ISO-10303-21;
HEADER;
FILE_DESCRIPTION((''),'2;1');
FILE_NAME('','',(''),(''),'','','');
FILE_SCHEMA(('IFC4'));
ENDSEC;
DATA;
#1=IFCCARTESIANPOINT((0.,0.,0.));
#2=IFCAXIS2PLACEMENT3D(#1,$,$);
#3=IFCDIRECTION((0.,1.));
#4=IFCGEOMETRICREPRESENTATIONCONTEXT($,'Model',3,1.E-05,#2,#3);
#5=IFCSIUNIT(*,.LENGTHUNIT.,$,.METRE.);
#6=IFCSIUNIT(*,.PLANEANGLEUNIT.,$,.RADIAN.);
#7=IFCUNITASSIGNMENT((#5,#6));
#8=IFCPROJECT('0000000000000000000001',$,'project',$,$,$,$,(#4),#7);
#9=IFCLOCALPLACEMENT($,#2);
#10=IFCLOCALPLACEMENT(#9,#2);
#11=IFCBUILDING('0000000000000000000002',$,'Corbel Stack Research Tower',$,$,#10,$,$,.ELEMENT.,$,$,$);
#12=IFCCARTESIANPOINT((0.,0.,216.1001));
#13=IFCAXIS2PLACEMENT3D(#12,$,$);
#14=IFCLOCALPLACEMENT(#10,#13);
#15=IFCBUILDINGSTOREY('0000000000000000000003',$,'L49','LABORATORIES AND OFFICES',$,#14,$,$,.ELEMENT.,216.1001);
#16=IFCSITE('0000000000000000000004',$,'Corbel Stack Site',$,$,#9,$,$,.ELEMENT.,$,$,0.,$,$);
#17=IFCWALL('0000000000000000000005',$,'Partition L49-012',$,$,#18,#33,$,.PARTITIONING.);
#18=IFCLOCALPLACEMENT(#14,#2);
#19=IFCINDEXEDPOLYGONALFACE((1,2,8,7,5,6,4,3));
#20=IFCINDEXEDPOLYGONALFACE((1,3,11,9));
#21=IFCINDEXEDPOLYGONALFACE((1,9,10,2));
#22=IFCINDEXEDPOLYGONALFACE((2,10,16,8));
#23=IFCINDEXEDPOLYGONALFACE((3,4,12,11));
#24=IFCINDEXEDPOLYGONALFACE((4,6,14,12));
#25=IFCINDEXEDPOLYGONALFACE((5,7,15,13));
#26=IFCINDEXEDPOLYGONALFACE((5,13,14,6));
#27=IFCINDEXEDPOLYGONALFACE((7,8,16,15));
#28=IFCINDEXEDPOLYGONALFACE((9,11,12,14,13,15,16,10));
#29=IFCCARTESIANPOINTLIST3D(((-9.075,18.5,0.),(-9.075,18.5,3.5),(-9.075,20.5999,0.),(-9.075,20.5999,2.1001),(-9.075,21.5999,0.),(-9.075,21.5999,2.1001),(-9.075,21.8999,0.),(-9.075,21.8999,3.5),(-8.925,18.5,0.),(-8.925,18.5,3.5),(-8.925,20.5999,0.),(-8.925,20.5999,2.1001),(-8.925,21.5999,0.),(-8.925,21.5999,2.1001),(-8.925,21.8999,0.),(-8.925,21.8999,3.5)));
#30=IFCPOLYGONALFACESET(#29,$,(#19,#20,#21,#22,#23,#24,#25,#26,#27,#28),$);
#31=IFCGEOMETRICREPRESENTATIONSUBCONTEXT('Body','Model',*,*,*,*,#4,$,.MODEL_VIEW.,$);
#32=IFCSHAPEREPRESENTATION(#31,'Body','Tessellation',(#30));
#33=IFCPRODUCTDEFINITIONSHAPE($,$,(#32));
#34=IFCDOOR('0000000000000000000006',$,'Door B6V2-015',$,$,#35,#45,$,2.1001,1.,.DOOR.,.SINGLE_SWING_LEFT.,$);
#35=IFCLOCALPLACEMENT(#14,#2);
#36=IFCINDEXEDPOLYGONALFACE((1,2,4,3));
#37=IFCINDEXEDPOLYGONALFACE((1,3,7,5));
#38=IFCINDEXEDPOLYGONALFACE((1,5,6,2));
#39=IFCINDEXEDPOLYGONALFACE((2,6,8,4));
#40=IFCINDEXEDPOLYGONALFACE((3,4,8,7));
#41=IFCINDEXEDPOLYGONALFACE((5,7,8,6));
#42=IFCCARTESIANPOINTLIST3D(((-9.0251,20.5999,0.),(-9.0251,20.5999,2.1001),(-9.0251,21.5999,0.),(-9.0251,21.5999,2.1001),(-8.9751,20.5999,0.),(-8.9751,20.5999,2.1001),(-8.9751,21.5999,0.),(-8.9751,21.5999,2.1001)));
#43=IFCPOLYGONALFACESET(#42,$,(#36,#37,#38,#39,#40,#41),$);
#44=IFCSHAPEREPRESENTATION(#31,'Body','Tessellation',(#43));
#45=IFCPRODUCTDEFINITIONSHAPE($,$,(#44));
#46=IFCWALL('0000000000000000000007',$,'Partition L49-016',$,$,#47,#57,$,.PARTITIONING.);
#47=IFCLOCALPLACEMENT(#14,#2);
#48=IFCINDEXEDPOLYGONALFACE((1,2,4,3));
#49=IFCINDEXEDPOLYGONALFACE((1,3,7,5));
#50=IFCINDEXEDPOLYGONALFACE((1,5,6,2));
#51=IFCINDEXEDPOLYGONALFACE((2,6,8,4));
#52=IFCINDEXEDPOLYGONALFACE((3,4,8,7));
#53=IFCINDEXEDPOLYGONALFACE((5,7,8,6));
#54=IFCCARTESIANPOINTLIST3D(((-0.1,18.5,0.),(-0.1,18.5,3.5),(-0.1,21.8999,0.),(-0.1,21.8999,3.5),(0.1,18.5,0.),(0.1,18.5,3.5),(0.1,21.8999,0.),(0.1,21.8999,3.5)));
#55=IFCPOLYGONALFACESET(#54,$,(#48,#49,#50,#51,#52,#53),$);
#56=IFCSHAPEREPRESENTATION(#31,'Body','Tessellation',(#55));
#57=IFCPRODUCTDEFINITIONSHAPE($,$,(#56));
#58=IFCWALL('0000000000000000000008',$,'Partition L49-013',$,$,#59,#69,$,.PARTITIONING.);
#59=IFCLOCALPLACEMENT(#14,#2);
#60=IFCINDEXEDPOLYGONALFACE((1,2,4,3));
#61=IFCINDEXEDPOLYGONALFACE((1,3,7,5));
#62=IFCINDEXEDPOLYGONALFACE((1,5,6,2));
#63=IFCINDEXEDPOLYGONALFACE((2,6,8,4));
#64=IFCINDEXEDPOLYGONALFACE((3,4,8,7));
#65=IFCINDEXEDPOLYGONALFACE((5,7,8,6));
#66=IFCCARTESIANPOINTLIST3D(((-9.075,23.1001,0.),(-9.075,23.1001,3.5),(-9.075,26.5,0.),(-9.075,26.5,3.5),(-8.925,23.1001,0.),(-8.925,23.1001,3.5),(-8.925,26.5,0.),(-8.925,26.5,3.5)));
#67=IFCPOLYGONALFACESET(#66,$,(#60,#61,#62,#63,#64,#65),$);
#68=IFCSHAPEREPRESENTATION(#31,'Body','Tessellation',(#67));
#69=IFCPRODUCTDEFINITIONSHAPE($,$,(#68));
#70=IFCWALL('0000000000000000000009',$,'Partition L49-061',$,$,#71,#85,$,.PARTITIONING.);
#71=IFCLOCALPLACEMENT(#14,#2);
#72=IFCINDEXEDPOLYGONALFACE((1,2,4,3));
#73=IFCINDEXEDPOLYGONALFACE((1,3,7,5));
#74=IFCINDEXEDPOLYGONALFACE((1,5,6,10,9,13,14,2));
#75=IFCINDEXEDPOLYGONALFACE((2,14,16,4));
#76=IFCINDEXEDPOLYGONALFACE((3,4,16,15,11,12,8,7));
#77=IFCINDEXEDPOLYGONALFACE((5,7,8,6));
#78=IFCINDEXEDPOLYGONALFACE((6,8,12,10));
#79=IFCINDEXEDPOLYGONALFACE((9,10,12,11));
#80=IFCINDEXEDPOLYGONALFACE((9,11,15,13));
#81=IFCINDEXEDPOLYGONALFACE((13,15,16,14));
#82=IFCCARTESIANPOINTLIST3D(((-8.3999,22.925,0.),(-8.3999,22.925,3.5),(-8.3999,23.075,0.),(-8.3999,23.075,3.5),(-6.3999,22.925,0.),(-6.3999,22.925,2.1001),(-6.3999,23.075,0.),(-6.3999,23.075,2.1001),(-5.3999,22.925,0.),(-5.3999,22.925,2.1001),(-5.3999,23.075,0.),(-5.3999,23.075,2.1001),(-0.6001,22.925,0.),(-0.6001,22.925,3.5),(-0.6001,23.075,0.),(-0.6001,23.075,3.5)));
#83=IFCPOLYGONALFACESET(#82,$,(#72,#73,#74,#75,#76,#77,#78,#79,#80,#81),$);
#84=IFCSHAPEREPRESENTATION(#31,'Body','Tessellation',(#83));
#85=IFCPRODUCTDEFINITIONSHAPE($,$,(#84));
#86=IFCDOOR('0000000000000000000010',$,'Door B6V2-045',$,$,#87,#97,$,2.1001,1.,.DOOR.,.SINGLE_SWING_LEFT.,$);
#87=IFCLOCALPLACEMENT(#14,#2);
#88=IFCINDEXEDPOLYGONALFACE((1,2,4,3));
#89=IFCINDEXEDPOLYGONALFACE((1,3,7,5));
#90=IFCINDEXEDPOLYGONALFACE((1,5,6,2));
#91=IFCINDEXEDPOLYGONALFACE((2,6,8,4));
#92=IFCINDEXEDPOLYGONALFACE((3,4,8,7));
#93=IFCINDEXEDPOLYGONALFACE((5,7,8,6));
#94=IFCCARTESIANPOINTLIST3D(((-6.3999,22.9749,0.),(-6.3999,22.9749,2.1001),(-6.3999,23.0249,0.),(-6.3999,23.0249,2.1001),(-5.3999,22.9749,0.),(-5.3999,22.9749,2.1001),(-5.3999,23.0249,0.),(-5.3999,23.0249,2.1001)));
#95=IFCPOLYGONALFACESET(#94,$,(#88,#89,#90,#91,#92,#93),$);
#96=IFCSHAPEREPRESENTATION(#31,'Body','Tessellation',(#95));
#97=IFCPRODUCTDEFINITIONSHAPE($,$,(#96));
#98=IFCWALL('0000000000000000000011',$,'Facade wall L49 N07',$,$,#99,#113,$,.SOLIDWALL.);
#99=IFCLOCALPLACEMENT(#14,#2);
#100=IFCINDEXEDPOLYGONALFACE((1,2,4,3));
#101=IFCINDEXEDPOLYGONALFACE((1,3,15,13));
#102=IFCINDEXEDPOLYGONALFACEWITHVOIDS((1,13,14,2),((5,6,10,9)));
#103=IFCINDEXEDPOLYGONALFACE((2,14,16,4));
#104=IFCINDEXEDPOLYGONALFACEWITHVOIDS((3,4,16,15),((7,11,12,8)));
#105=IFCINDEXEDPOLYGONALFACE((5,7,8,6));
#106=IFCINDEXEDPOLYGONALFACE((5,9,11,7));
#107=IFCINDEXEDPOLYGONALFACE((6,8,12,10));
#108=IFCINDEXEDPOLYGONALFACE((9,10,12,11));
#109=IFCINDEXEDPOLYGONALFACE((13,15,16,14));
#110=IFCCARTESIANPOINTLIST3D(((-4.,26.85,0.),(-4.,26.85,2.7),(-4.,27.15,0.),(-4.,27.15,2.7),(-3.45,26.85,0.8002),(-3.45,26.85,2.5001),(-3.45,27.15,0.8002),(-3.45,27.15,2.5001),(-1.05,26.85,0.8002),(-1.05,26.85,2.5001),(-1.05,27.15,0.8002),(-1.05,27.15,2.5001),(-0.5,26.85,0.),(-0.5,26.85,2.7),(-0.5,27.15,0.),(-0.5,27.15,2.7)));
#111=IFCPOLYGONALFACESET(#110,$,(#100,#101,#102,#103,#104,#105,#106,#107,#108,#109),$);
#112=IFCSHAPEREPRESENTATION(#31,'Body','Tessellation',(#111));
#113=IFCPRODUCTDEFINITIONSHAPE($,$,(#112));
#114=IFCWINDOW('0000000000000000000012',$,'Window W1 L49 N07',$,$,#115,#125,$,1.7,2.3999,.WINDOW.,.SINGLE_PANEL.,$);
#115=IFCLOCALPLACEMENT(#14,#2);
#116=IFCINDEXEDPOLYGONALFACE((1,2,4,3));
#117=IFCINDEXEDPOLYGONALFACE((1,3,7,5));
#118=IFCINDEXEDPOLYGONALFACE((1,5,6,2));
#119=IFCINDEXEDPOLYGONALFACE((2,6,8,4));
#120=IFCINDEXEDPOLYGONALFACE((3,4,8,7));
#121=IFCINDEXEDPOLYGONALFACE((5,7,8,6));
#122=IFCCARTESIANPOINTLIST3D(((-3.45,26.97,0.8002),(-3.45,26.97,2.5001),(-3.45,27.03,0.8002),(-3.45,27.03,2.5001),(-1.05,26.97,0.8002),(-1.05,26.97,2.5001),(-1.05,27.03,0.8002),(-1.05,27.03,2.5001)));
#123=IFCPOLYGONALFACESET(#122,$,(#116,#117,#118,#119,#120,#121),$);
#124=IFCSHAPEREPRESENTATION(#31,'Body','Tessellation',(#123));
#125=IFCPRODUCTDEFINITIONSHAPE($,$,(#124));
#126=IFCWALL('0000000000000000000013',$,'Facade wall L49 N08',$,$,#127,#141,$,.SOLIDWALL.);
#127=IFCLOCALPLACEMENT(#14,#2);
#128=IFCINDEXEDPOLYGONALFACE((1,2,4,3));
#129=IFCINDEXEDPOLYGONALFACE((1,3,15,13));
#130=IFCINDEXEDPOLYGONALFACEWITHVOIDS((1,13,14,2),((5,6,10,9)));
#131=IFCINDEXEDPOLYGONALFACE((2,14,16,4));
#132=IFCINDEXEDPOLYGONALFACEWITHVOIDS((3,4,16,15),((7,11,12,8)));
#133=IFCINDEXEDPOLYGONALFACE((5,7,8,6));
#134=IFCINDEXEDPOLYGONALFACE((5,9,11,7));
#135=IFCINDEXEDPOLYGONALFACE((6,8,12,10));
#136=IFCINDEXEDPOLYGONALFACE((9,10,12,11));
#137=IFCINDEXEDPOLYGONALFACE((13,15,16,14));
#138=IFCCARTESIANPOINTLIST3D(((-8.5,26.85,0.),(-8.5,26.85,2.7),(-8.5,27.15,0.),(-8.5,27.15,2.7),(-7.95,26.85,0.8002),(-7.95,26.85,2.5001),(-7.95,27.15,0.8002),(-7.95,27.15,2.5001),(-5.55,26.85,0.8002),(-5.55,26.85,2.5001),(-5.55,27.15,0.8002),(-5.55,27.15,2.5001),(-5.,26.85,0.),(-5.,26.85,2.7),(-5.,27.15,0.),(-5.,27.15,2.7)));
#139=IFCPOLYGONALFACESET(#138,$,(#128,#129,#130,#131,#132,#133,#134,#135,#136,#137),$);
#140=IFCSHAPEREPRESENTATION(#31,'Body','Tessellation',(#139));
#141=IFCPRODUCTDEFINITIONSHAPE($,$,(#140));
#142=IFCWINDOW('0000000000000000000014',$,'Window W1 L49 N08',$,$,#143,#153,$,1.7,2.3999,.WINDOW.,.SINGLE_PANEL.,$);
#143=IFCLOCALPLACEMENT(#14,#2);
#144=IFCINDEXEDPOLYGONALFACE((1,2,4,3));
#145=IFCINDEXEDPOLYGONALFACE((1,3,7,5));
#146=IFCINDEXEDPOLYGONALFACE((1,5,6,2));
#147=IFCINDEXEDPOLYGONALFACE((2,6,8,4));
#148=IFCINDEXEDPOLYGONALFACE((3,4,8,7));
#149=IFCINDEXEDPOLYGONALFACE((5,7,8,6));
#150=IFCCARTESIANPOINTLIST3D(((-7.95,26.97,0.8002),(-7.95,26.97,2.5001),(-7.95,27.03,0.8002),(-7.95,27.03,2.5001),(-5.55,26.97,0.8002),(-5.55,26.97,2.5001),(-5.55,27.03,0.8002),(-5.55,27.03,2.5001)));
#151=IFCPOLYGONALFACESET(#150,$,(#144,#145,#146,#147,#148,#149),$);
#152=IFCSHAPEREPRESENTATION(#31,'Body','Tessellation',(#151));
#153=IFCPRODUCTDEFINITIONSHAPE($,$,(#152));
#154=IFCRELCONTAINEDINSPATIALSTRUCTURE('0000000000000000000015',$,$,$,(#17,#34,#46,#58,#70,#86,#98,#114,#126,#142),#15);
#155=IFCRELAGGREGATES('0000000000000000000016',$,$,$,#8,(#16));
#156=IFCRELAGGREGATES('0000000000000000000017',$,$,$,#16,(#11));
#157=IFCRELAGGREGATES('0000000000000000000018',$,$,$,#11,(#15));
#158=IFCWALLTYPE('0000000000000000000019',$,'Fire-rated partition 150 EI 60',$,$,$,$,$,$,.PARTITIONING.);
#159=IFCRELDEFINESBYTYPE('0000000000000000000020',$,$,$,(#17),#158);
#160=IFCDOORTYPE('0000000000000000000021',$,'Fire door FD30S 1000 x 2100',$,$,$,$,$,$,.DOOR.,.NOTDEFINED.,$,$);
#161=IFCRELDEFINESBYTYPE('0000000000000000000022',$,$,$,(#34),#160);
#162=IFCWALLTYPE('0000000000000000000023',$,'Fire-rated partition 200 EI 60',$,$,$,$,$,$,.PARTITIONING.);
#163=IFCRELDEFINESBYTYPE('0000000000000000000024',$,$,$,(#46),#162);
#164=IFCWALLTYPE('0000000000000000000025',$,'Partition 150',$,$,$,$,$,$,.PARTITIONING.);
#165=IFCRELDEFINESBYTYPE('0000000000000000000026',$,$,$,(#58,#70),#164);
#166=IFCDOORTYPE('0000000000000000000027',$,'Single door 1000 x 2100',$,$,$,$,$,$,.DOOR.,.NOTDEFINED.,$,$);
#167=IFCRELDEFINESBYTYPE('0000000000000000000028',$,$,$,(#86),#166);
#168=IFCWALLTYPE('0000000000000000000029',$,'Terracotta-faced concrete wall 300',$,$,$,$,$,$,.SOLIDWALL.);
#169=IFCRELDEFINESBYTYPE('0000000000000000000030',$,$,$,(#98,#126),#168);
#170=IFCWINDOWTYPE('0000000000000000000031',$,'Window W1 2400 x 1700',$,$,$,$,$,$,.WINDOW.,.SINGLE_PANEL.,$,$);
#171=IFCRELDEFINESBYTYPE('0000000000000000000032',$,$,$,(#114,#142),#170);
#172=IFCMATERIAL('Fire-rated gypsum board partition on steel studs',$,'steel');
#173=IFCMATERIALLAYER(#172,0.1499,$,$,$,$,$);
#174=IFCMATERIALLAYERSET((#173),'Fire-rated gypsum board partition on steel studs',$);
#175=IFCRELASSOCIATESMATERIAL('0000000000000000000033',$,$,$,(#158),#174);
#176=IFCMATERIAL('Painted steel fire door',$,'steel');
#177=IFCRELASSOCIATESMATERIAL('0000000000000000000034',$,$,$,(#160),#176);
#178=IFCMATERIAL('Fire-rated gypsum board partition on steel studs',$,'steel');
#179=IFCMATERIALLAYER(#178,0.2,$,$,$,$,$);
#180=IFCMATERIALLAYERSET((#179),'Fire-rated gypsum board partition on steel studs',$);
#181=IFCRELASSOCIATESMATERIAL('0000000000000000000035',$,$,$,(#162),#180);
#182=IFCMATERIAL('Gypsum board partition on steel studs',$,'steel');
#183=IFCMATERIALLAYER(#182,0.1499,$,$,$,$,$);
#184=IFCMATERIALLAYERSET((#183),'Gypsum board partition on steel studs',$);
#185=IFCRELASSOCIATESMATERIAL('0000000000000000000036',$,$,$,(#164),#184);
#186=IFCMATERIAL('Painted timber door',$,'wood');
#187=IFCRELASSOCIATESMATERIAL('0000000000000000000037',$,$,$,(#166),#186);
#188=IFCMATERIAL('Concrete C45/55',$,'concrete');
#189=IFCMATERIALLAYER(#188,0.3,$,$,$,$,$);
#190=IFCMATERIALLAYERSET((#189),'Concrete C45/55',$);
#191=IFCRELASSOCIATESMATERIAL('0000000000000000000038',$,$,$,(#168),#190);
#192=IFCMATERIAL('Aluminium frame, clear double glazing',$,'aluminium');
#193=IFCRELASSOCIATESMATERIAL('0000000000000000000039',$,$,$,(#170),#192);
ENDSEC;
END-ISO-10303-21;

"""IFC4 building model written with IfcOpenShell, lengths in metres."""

from ifc_helpers import new_model, si_unit, direction, frame, frame_2d, origin, place, context, subcontext, project, spatial, rectangle, extrude, material, layer, layer_set, type_object, element, fill, save


model = new_model("IFC4")

# Units and contexts
model_context = context("Model", 3, precision=1e-05, world=origin(), true_north=direction((0.0, 1.0)))
body_context = subcontext(model_context, "Body", "Model", "MODEL_VIEW")
ifc_project = project(units=[si_unit("LENGTHUNIT", "METRE"), si_unit("PLANEANGLEUNIT", "RADIAN")], contexts=[model_context])

# Site, building, storey
site_placement = place(None, origin())
site = spatial("IfcSite", under=ifc_project, at=site_placement, Name="Corbel Stack Site", CompositionType="ELEMENT", RefElevation=0.0)
building_placement = place(site_placement, origin())
building = spatial("IfcBuilding", under=site, at=building_placement, Name="Corbel Stack Research Tower", CompositionType="ELEMENT")
storey_placement = place(building_placement, frame((0.0, 0.0, 216.1001)))
storey = spatial("IfcBuildingStorey", under=building, at=storey_placement, Name="L49", Description="LABORATORIES AND OFFICES", CompositionType="ELEMENT", Elevation=216.1001)

# Wall, opening, door
ifc_material_1 = material(Name="Fire-rated gypsum board partition on steel studs", Category="steel")
ifc_layer_1 = layer(ifc_material_1, 0.1499)
ifc_layer_set_1 = layer_set([ifc_layer_1], Name="Fire-rated gypsum board partition on steel studs")
wall_type_1 = type_object("IfcWallType", Name="Fire-rated partition 150 EI 60", PredefinedType="PARTITIONING", material=ifc_layer_set_1)
wall_1_placement = place(storey_placement, frame((-9.0, 21.8999, 0.0), z_axis=(0.0, 0.0, 1.0), x_axis=(0.0, -1.0, 0.0)))
wall_1 = element("IfcWall", 1, at=wall_1_placement, inside=storey, type_object=wall_type_1, Name="Partition L49-012", PredefinedType="PARTITIONING", context=body_context, shape_type="SweptSolid", body=[
    extrude(rectangle(XDim=3.3999, YDim=0.1499, at=frame_2d((1.7, 0.0))), origin(), (0.0, 0.0, 1.0), 3.5),
])
opening_1_placement = place(wall_1_placement, frame((0.3, 0.0, 0.0)))
opening_1 = element("IfcOpeningElement", 2, at=opening_1_placement, cuts=wall_1, PredefinedType="OPENING", context=body_context, shape_type="SweptSolid", body=[
    extrude(rectangle(XDim=1.0, YDim=2.1001, at=frame_2d((0.5, 1.05))), frame((0.0, 0.085, 0.0), z_axis=(0.0, -1.0, 0.0), x_axis=(1.0, 0.0, 0.0)), (0.0, 0.0, 1.0), 0.1699),
])
ifc_material_2 = material(Name="Painted steel fire door", Category="steel")
door_type_1 = type_object("IfcDoorType", Name="Fire door FD30S 1000 x 2100", OperationType="NOTDEFINED", PredefinedType="DOOR", material=ifc_material_2)
door_1_placement = place(opening_1_placement, origin())
door_1 = element("IfcDoor", 3, at=door_1_placement, inside=storey, type_object=door_type_1, Name="Door B6V2-015", OperationType="SINGLE_SWING_LEFT", OverallHeight=2.1001, OverallWidth=1.0, PredefinedType="DOOR", context=body_context, shape_type="SweptSolid", body=[
    extrude(rectangle(XDim=1.0, YDim=2.1001, at=frame_2d((0.5, 1.05))), frame((0.0, 0.0249, 0.0), z_axis=(0.0, -1.0, 0.0), x_axis=(1.0, 0.0, 0.0)), (0.0, 0.0, 1.0), 0.05),
])
fill(opening_1, door_1)

# Walls
ifc_material_3 = material(Name="Fire-rated gypsum board partition on steel studs", Category="steel")
ifc_layer_2 = layer(ifc_material_3, 0.2)
ifc_layer_set_2 = layer_set([ifc_layer_2], Name="Fire-rated gypsum board partition on steel studs")
wall_type_2 = type_object("IfcWallType", Name="Fire-rated partition 200 EI 60", PredefinedType="PARTITIONING", material=ifc_layer_set_2)
wall_2_placement = place(storey_placement, frame((0.0, 18.5, 0.0), z_axis=(0.0, 0.0, 1.0), x_axis=(0.0, 1.0, 0.0)))
element("IfcWall", 4, at=wall_2_placement, inside=storey, type_object=wall_type_2, Name="Partition L49-016", PredefinedType="PARTITIONING", context=body_context, shape_type="SweptSolid", body=[
    extrude(rectangle(XDim=3.3999, YDim=0.2, at=frame_2d((1.7, 0.0))), origin(), (0.0, 0.0, 1.0), 3.5),
])
ifc_material_4 = material(Name="Gypsum board partition on steel studs", Category="steel")
ifc_layer_3 = layer(ifc_material_4, 0.1499)
ifc_layer_set_3 = layer_set([ifc_layer_3], Name="Gypsum board partition on steel studs")
wall_type_3 = type_object("IfcWallType", Name="Partition 150", PredefinedType="PARTITIONING", material=ifc_layer_set_3)
wall_3_placement = place(storey_placement, frame((-9.0, 23.1001, 0.0), z_axis=(0.0, 0.0, 1.0), x_axis=(0.0, 1.0, 0.0)))
element("IfcWall", 5, at=wall_3_placement, inside=storey, type_object=wall_type_3, Name="Partition L49-013", PredefinedType="PARTITIONING", context=body_context, shape_type="SweptSolid", body=[
    extrude(rectangle(XDim=3.3999, YDim=0.1499, at=frame_2d((1.7, 0.0))), origin(), (0.0, 0.0, 1.0), 3.5),
])

# Wall, opening, door
wall_4_placement = place(storey_placement, frame((-8.3999, 23.0, 0.0), z_axis=(0.0, 0.0, 1.0), x_axis=(1.0, 0.0, 0.0)))
wall_4 = element("IfcWall", 6, at=wall_4_placement, inside=storey, type_object=wall_type_3, Name="Partition L49-061", PredefinedType="PARTITIONING", context=body_context, shape_type="SweptSolid", body=[
    extrude(rectangle(XDim=7.7998, YDim=0.1499, at=frame_2d((3.8999, 0.0))), origin(), (0.0, 0.0, 1.0), 3.5),
])
opening_2_placement = place(wall_4_placement, frame((2.0, 0.0, 0.0)))
opening_2 = element("IfcOpeningElement", 7, at=opening_2_placement, cuts=wall_4, PredefinedType="OPENING", context=body_context, shape_type="SweptSolid", body=[
    extrude(rectangle(XDim=1.0, YDim=2.1001, at=frame_2d((0.5, 1.05))), frame((0.0, 0.085, 0.0), z_axis=(0.0, -1.0, 0.0), x_axis=(1.0, 0.0, 0.0)), (0.0, 0.0, 1.0), 0.1699),
])
ifc_material_5 = material(Name="Painted timber door", Category="wood")
door_type_2 = type_object("IfcDoorType", Name="Single door 1000 x 2100", OperationType="NOTDEFINED", PredefinedType="DOOR", material=ifc_material_5)
door_2_placement = place(opening_2_placement, origin())
door_2 = element("IfcDoor", 8, at=door_2_placement, inside=storey, type_object=door_type_2, Name="Door B6V2-045", OperationType="SINGLE_SWING_LEFT", OverallHeight=2.1001, OverallWidth=1.0, PredefinedType="DOOR", context=body_context, shape_type="SweptSolid", body=[
    extrude(rectangle(XDim=1.0, YDim=2.1001, at=frame_2d((0.5, 1.05))), frame((0.0, 0.0249, 0.0), z_axis=(0.0, -1.0, 0.0), x_axis=(1.0, 0.0, 0.0)), (0.0, 0.0, 1.0), 0.05),
])
fill(opening_2, door_2)

# Walls, openings, windows
ifc_material_6 = material(Name="Concrete C45/55", Category="concrete")
ifc_layer_4 = layer(ifc_material_6, 0.3)
ifc_layer_set_4 = layer_set([ifc_layer_4], Name="Concrete C45/55")
wall_type_4 = type_object("IfcWallType", Name="Terracotta-faced concrete wall 300", PredefinedType="SOLIDWALL", material=ifc_layer_set_4)
wall_5_placement = place(storey_placement, frame((-4.0, 27.0, 0.0), z_axis=(0.0, 0.0, 1.0), x_axis=(1.0, 0.0, 0.0)))
wall_5 = element("IfcWall", 9, at=wall_5_placement, inside=storey, type_object=wall_type_4, Name="Facade wall L49 N07", PredefinedType="SOLIDWALL", context=body_context, shape_type="SweptSolid", body=[
    extrude(rectangle(XDim=3.5, YDim=0.3, at=frame_2d((1.75, 0.0))), origin(), (0.0, 0.0, 1.0), 2.7),
])
opening_3_placement = place(wall_5_placement, frame((0.55, 0.0, 0.8)))
opening_3 = element("IfcOpeningElement", 10, at=opening_3_placement, cuts=wall_5, PredefinedType="OPENING", context=body_context, shape_type="SweptSolid", body=[
    extrude(rectangle(XDim=2.3999, YDim=1.7, at=frame_2d((1.2, 0.8501))), frame((0.0, 0.1599, 0.0), z_axis=(0.0, -1.0, 0.0), x_axis=(1.0, 0.0, 0.0)), (0.0, 0.0, 1.0), 0.3201),
])
ifc_material_7 = material(Name="Aluminium frame, clear double glazing", Category="aluminium")
window_type = type_object("IfcWindowType", Name="Window W1 2400 x 1700", PartitioningType="SINGLE_PANEL", PredefinedType="WINDOW", material=ifc_material_7)
window_1_placement = place(opening_3_placement, origin())
window_1 = element("IfcWindow", 11, at=window_1_placement, inside=storey, type_object=window_type, Name="Window W1 L49 N07", OverallHeight=1.7, OverallWidth=2.3999, PartitioningType="SINGLE_PANEL", PredefinedType="WINDOW", context=body_context, shape_type="SweptSolid", body=[
    extrude(rectangle(XDim=2.3999, YDim=1.7, at=frame_2d((1.2, 0.8501))), frame((0.0, 0.03, 0.0), z_axis=(0.0, -1.0, 0.0), x_axis=(1.0, 0.0, 0.0)), (0.0, 0.0, 1.0), 0.0601),
])
fill(opening_3, window_1)
wall_6_placement = place(storey_placement, frame((-8.5, 27.0, 0.0), z_axis=(0.0, 0.0, 1.0), x_axis=(1.0, 0.0, 0.0)))
wall_6 = element("IfcWall", 12, at=wall_6_placement, inside=storey, type_object=wall_type_4, Name="Facade wall L49 N08", PredefinedType="SOLIDWALL", context=body_context, shape_type="SweptSolid", body=[
    extrude(rectangle(XDim=3.5, YDim=0.3, at=frame_2d((1.75, 0.0))), origin(), (0.0, 0.0, 1.0), 2.7),
])
opening_4_placement = place(wall_6_placement, frame((0.55, 0.0, 0.8)))
opening_4 = element("IfcOpeningElement", 13, at=opening_4_placement, cuts=wall_6, PredefinedType="OPENING", context=body_context, shape_type="SweptSolid", body=[
    extrude(rectangle(XDim=2.3999, YDim=1.7, at=frame_2d((1.2, 0.8501))), frame((0.0, 0.1599, 0.0), z_axis=(0.0, -1.0, 0.0), x_axis=(1.0, 0.0, 0.0)), (0.0, 0.0, 1.0), 0.3201),
])
window_2_placement = place(opening_4_placement, origin())
window_2 = element("IfcWindow", 14, at=window_2_placement, inside=storey, type_object=window_type, Name="Window W1 L49 N08", OverallHeight=1.7, OverallWidth=2.3999, PartitioningType="SINGLE_PANEL", PredefinedType="WINDOW", context=body_context, shape_type="SweptSolid", body=[
    extrude(rectangle(XDim=2.3999, YDim=1.7, at=frame_2d((1.2, 0.8501))), frame((0.0, 0.03, 0.0), z_axis=(0.0, -1.0, 0.0), x_axis=(1.0, 0.0, 0.0)), (0.0, 0.0, 1.0), 0.0601),
])
fill(opening_4, window_2)

save(model, "model.ifc")
